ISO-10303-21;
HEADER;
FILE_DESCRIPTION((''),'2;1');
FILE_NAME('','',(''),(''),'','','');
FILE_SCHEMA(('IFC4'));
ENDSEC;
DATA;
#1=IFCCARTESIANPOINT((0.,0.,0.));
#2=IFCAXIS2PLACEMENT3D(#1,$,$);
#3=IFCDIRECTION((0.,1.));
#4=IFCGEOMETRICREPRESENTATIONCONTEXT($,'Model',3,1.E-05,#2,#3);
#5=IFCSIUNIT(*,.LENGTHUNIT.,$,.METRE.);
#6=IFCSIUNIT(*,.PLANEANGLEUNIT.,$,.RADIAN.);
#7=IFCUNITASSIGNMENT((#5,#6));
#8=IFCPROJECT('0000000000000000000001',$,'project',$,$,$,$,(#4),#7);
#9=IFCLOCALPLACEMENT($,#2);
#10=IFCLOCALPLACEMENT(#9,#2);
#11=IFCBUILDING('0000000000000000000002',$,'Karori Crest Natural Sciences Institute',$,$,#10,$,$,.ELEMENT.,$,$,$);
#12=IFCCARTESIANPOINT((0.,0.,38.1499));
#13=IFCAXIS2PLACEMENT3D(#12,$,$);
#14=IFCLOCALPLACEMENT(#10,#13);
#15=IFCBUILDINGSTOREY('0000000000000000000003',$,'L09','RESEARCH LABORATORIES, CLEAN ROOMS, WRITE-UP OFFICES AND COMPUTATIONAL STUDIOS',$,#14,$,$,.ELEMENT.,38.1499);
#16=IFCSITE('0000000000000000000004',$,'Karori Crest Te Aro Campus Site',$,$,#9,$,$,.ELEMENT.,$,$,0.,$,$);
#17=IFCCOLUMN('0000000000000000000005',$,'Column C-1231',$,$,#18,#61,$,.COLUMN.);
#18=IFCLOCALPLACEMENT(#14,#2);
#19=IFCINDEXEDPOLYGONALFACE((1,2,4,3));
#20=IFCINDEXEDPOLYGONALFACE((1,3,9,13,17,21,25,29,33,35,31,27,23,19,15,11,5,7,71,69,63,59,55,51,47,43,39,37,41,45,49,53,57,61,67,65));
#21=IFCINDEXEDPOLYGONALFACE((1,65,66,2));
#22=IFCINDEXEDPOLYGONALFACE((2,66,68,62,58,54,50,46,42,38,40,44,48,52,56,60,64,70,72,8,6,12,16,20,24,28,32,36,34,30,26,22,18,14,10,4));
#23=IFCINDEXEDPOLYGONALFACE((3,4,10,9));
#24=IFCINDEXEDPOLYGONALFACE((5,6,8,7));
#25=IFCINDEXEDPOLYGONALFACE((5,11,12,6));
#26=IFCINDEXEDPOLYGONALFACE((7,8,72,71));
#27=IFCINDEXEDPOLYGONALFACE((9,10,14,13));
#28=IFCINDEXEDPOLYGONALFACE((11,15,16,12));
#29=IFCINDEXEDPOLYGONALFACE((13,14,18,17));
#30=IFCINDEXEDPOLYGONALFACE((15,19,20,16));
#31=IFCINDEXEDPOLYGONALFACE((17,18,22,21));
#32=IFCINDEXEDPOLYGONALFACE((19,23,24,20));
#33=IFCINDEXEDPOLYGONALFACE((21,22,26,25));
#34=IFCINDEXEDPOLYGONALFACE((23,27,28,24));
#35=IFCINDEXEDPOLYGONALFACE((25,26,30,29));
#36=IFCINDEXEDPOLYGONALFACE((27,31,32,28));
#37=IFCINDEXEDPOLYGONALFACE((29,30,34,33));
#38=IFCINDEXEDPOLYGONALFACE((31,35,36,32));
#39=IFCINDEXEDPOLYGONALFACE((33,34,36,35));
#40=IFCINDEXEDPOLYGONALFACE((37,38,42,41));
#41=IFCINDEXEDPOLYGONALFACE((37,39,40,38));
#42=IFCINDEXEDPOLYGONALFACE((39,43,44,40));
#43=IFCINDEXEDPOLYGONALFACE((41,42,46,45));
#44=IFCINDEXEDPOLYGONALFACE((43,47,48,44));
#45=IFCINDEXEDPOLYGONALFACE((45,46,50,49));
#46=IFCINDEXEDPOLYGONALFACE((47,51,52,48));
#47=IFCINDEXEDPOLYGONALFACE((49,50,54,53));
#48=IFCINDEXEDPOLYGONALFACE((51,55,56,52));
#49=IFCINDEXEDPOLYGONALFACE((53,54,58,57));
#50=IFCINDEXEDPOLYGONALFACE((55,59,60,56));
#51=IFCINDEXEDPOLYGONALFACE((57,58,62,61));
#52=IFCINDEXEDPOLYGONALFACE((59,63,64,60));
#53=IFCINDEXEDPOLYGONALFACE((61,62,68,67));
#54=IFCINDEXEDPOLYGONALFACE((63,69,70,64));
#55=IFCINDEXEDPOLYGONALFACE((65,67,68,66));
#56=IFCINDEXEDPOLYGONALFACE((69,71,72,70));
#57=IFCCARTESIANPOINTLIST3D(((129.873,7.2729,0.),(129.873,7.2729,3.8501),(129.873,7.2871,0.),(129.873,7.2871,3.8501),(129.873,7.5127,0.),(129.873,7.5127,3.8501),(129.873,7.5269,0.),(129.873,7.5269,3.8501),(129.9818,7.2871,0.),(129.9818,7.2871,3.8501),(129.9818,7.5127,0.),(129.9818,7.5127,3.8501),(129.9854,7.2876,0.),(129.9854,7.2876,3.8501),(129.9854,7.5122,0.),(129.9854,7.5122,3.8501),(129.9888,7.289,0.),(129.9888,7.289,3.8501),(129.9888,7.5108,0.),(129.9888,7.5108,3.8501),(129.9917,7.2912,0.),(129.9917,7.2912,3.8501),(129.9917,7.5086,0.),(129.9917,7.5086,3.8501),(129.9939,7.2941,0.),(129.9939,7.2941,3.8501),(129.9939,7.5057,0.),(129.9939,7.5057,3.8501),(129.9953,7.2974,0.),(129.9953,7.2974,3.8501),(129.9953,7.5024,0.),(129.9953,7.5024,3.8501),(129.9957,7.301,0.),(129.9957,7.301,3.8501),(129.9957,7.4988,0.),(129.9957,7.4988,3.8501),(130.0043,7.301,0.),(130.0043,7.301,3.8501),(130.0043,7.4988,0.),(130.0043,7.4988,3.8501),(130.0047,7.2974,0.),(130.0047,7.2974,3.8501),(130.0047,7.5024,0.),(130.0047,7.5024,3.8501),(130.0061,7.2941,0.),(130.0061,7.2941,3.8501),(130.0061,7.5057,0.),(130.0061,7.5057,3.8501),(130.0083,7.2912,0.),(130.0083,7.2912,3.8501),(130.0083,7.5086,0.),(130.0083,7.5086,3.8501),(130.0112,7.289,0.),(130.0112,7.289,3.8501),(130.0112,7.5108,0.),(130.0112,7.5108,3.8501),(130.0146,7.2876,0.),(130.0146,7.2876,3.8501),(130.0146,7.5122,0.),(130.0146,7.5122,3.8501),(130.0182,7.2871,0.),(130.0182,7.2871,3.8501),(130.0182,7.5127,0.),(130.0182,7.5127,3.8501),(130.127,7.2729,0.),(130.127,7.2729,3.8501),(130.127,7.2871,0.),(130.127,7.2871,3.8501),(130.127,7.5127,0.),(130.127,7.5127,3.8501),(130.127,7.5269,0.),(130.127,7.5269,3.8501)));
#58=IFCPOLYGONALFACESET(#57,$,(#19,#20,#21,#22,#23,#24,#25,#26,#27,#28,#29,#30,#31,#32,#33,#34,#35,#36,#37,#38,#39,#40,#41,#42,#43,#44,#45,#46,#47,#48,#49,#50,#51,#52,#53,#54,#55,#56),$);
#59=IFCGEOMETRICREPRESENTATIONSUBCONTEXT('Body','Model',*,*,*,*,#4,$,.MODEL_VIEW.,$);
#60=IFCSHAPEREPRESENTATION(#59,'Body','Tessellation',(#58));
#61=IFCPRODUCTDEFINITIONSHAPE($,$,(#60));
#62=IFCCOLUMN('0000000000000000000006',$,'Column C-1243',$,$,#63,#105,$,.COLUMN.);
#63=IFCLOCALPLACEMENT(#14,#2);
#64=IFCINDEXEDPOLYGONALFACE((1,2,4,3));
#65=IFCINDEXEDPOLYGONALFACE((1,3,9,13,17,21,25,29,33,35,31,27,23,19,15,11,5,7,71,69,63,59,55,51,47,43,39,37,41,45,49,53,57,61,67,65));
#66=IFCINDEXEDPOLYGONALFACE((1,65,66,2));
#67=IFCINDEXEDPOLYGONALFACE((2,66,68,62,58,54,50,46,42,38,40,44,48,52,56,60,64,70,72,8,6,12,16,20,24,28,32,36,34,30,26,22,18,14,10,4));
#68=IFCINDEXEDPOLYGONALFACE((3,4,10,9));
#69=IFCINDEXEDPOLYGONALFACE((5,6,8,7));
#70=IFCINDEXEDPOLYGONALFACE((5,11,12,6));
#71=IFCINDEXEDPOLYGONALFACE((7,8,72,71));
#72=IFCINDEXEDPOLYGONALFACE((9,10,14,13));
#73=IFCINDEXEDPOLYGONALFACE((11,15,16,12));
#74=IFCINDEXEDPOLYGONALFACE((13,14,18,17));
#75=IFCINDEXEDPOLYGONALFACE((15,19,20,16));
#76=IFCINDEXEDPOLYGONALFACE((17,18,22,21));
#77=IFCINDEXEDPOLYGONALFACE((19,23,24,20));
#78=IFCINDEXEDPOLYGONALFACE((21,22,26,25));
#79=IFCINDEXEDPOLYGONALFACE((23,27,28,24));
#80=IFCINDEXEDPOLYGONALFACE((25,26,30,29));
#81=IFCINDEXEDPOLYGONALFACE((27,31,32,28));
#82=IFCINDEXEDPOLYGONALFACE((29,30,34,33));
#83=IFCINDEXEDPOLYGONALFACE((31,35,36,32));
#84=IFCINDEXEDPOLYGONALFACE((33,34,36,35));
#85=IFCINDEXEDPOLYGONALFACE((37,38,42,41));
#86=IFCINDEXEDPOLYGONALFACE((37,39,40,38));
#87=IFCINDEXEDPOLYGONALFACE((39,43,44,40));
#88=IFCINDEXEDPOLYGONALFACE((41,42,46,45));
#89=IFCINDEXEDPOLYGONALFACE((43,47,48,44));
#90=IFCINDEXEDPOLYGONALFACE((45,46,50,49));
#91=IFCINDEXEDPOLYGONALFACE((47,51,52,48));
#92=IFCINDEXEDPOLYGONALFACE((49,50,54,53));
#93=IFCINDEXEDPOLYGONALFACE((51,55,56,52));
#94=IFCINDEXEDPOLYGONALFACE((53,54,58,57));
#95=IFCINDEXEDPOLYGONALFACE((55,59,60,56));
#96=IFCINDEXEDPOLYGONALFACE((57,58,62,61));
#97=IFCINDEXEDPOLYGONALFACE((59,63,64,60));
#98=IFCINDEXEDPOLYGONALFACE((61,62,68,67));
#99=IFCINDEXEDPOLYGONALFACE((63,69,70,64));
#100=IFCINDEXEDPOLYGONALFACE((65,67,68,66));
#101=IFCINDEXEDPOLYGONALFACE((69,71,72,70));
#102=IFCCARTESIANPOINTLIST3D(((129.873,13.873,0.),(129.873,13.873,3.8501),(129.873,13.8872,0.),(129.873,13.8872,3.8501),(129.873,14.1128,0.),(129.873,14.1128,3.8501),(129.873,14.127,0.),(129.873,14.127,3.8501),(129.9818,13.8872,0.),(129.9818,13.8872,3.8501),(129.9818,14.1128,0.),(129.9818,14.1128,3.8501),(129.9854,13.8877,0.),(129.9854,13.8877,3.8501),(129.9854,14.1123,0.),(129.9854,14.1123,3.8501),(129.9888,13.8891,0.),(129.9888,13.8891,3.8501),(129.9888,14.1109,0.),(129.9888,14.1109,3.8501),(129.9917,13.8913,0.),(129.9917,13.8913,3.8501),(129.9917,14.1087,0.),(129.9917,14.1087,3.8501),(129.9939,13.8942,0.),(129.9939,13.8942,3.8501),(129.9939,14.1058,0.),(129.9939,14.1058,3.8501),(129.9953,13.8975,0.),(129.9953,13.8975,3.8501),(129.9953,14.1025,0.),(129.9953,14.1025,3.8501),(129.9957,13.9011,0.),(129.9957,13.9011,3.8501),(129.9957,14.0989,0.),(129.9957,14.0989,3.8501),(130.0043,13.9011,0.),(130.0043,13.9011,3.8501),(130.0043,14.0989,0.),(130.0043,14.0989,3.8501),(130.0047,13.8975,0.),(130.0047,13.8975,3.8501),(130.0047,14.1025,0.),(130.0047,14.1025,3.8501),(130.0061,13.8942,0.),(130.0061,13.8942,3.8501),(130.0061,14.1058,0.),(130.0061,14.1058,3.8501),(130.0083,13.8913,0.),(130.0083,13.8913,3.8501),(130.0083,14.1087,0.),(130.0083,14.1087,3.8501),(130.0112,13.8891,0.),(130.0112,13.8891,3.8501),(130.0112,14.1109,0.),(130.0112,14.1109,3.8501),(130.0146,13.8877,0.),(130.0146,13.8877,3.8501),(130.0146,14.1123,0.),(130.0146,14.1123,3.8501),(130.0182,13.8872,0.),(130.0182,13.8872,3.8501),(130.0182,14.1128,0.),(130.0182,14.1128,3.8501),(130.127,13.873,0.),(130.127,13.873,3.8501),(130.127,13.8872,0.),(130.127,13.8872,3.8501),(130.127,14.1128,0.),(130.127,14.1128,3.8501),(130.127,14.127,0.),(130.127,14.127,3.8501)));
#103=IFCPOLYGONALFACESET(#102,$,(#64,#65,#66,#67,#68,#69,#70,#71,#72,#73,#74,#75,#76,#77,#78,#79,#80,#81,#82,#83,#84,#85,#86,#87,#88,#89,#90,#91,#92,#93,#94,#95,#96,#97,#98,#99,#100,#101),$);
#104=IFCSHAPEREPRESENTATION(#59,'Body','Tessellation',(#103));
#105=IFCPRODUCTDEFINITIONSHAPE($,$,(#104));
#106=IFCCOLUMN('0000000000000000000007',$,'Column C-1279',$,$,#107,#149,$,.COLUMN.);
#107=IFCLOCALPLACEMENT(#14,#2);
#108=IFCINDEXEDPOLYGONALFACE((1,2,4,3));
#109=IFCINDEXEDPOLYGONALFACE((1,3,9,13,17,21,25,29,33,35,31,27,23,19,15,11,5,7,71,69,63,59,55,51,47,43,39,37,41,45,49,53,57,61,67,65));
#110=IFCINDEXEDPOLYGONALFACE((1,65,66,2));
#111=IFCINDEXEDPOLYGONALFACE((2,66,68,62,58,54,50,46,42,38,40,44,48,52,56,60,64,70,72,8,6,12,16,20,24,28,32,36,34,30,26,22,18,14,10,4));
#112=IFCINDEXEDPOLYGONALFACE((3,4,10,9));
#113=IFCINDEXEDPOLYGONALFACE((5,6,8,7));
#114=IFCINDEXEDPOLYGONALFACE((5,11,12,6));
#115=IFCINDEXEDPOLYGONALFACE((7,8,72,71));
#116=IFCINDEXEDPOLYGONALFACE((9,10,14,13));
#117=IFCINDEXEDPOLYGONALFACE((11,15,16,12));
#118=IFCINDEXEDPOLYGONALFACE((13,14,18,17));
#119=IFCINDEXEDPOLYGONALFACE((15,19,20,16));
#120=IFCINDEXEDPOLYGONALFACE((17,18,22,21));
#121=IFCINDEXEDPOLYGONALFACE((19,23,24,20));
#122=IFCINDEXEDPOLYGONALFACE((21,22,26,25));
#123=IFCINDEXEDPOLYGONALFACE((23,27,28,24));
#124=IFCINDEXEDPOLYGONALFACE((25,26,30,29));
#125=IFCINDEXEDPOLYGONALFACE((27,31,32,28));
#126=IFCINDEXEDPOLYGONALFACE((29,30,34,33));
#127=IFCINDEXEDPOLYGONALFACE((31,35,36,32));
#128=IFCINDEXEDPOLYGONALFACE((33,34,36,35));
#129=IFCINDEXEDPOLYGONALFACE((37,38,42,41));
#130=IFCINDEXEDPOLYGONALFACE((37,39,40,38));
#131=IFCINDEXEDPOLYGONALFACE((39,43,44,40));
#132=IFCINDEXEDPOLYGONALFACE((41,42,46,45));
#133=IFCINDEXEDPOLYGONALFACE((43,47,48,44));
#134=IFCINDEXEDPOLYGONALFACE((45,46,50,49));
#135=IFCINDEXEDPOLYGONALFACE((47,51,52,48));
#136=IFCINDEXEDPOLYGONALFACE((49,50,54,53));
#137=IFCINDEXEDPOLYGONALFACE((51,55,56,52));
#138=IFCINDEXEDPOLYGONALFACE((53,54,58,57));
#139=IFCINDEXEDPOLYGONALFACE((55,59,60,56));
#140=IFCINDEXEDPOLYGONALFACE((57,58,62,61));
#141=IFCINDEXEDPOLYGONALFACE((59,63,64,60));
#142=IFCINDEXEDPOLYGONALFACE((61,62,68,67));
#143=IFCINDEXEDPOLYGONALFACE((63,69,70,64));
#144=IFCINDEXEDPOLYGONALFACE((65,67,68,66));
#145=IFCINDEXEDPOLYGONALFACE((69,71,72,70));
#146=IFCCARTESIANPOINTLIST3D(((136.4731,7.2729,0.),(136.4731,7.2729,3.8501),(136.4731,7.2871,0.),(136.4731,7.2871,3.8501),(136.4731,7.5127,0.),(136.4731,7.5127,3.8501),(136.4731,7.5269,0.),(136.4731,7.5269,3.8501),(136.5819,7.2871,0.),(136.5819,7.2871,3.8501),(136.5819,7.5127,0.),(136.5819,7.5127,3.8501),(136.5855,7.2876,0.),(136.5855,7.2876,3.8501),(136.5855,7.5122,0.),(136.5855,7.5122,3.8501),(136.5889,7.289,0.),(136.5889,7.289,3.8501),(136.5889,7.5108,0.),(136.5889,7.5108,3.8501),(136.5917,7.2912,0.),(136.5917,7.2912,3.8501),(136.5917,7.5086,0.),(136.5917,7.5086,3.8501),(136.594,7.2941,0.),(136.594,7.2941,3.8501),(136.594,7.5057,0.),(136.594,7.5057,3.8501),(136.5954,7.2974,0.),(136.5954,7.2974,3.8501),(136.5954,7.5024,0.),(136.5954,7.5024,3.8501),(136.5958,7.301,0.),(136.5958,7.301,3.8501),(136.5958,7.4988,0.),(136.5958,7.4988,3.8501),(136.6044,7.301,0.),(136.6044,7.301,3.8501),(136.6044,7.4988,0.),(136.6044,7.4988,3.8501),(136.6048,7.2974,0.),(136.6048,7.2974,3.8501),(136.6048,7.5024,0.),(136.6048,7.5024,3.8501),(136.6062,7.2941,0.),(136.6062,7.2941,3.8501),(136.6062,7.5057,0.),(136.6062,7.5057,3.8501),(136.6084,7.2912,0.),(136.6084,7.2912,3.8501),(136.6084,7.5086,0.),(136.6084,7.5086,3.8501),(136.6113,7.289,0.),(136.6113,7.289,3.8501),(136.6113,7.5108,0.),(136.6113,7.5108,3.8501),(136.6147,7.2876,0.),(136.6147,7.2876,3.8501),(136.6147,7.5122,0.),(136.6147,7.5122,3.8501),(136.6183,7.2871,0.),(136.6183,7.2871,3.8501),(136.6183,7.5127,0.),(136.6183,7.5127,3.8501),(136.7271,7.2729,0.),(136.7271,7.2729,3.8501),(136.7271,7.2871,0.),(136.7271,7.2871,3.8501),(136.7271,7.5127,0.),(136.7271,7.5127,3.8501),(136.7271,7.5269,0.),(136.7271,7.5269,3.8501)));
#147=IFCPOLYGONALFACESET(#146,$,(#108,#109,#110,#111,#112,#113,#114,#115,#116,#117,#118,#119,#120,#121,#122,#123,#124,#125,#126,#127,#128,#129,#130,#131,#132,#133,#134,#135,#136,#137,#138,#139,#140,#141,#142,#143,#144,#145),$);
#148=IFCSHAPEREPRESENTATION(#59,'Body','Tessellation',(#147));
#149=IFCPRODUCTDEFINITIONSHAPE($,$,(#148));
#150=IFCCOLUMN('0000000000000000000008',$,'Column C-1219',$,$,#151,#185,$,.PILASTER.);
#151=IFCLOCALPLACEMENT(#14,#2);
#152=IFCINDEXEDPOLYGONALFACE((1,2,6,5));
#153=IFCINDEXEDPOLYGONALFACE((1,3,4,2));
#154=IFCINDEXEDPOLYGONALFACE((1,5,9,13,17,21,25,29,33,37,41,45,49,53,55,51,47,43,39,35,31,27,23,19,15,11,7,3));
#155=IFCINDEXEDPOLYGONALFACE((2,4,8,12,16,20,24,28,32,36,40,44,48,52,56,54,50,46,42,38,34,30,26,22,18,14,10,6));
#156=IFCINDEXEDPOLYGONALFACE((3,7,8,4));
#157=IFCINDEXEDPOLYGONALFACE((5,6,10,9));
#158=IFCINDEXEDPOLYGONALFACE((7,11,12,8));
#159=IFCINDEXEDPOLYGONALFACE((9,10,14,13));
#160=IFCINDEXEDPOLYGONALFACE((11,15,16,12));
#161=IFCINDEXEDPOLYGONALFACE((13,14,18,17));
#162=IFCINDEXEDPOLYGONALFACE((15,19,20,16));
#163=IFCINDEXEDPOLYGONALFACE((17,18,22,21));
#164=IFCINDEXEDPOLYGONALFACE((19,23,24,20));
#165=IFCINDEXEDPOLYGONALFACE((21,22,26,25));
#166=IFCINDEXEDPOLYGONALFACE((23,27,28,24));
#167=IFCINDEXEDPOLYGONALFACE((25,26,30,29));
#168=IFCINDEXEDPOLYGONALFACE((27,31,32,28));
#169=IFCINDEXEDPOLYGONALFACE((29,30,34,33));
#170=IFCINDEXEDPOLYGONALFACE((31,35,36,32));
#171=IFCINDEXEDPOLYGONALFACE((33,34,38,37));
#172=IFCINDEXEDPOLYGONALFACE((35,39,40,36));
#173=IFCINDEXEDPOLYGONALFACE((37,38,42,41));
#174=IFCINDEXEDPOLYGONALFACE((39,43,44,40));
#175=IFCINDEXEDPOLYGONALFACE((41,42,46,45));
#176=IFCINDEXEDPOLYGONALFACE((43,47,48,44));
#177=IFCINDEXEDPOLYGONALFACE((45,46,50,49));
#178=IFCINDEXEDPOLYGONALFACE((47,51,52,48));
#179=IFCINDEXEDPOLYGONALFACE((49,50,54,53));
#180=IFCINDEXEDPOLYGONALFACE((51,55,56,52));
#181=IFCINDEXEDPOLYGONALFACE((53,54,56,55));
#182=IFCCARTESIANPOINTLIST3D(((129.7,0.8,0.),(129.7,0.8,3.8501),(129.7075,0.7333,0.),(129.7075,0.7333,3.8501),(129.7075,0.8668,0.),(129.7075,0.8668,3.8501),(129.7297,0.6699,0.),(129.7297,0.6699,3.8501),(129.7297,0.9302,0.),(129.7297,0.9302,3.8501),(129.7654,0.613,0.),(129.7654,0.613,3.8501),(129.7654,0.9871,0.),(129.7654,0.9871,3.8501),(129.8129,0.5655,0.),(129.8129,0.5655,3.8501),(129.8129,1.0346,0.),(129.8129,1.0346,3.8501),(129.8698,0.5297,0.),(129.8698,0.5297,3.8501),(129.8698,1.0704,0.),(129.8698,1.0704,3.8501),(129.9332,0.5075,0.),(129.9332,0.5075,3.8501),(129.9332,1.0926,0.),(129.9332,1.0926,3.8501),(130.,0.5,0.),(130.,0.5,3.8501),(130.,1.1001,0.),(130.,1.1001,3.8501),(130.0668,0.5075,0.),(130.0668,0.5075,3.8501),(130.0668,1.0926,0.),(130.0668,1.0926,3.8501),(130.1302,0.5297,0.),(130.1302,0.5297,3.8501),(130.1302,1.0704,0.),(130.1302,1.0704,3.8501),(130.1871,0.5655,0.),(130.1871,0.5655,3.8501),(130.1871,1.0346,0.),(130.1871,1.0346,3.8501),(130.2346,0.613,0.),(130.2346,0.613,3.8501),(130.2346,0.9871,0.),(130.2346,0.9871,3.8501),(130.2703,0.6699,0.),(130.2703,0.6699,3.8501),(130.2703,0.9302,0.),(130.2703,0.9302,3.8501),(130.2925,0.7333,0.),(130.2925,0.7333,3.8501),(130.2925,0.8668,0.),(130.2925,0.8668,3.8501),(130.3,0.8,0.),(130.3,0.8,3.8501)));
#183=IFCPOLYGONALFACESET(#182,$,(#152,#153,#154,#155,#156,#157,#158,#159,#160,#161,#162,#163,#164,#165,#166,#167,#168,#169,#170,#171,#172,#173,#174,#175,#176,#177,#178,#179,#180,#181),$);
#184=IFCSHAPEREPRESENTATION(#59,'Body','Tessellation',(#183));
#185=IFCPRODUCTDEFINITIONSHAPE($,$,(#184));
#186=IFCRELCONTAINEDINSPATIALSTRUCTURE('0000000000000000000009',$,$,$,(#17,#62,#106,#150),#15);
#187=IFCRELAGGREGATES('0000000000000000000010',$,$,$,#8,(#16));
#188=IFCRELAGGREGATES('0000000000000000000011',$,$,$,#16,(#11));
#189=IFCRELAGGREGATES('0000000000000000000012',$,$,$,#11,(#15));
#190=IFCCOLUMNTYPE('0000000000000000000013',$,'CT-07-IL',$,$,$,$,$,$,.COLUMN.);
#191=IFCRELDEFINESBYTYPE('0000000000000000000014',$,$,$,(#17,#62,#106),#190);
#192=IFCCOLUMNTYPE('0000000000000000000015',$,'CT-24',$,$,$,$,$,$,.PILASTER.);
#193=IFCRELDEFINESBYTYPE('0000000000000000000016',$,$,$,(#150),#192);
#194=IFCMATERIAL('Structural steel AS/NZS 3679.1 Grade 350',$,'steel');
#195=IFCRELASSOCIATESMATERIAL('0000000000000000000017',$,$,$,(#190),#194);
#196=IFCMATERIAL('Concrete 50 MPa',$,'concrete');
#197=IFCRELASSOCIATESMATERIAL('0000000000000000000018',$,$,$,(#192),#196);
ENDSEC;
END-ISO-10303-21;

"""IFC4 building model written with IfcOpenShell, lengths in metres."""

from ifc_helpers import new_model, si_unit, direction, frame, origin, origin_2d, place, context, subcontext, project, spatial, circle, i_section, extrude, material, material_profile, profile_set, type_object, element, save


model = new_model("IFC4")

# Units and contexts
model_context = context("Model", 3, precision=1e-05, world=origin(), true_north=direction((0.0, 1.0)))
body_context = subcontext(model_context, "Body", "Model", "MODEL_VIEW")
ifc_project = project(units=[si_unit("LENGTHUNIT", "METRE"), si_unit("PLANEANGLEUNIT", "RADIAN")], contexts=[model_context])

# Site, building, storey
site_placement = place(None, origin())
site = spatial("IfcSite", under=ifc_project, at=site_placement, Name="Karori Crest Te Aro Campus Site", CompositionType="ELEMENT", RefElevation=0.0)
building_placement = place(site_placement, origin())
building = spatial("IfcBuilding", under=site, at=building_placement, Name="Karori Crest Natural Sciences Institute", CompositionType="ELEMENT")
storey_placement = place(building_placement, frame((0.0, 0.0, 38.1499)))
storey = spatial("IfcBuildingStorey", under=building, at=storey_placement, Name="L09", Description="RESEARCH LABORATORIES, CLEAN ROOMS, WRITE-UP OFFICES AND COMPUTATIONAL STUDIOS", CompositionType="ELEMENT", Elevation=38.1499)

# Columns
ifc_material_1 = material(Name="Structural steel AS/NZS 3679.1 Grade 350", Category="steel")
ifc_material_profile_1 = material_profile(ifc_material_1, i_section(OverallWidth=0.2539, OverallDepth=0.2539, WebThickness=0.0085, FlangeThickness=0.0142, FilletRadius=0.0139, at=origin_2d()), Name="250UC72.9")
ifc_profile_set_1 = profile_set([ifc_material_profile_1], Name="Structural steel AS/NZS 3679.1 Grade 350")
column_type_1 = type_object("IfcColumnType", Name="CT-07-IL", PredefinedType="COLUMN", material=ifc_profile_set_1)
for number, where, z_axis, x_axis, name in (
    (1, (130.0, 7.3999, 0.0), (0.0, 0.0, 1.0), (1.0, 0.0, 0.0), "Column C-1231"),
    (2, (130.0, 14.0, 0.0), (0.0, 0.0, 1.0), (1.0, 0.0, 0.0), "Column C-1243"),
    (3, (136.6001, 7.3999, 0.0), (0.0, 0.0, 1.0), (1.0, 0.0, 0.0), "Column C-1279"),
):
    element("IfcColumn", number, at=place(storey_placement, frame(where, z_axis=z_axis, x_axis=x_axis)), inside=storey, type_object=column_type_1, Name=name, PredefinedType="COLUMN", context=body_context, shape_type="SweptSolid", body=[
        extrude(i_section(OverallWidth=0.2539, OverallDepth=0.2539, WebThickness=0.0085, FlangeThickness=0.0142, FilletRadius=0.0139, at=origin_2d()), origin(), (0.0, 0.0, 1.0), 3.8501),
    ])
ifc_material_2 = material(Name="Concrete 50 MPa", Category="concrete")
ifc_material_profile_2 = material_profile(ifc_material_2, circle(Radius=0.3, at=origin_2d()), Name="RCC600")
ifc_profile_set_2 = profile_set([ifc_material_profile_2], Name="Concrete 50 MPa")
column_type_2 = type_object("IfcColumnType", Name="CT-24", PredefinedType="PILASTER", material=ifc_profile_set_2)
for number, where, z_axis, x_axis, name in (
    (4, (130.0, 0.8, 0.0), (0.0, 0.0, 1.0), (1.0, 0.0, 0.0), "Column C-1219"),
):
    element("IfcColumn", number, at=place(storey_placement, frame(where, z_axis=z_axis, x_axis=x_axis)), inside=storey, type_object=column_type_2, Name=name, PredefinedType="PILASTER", context=body_context, shape_type="SweptSolid", body=[
        extrude(circle(Radius=0.3, at=origin_2d()), origin(), (0.0, 0.0, 1.0), 3.8501),
    ])

save(model, "model.ifc")
